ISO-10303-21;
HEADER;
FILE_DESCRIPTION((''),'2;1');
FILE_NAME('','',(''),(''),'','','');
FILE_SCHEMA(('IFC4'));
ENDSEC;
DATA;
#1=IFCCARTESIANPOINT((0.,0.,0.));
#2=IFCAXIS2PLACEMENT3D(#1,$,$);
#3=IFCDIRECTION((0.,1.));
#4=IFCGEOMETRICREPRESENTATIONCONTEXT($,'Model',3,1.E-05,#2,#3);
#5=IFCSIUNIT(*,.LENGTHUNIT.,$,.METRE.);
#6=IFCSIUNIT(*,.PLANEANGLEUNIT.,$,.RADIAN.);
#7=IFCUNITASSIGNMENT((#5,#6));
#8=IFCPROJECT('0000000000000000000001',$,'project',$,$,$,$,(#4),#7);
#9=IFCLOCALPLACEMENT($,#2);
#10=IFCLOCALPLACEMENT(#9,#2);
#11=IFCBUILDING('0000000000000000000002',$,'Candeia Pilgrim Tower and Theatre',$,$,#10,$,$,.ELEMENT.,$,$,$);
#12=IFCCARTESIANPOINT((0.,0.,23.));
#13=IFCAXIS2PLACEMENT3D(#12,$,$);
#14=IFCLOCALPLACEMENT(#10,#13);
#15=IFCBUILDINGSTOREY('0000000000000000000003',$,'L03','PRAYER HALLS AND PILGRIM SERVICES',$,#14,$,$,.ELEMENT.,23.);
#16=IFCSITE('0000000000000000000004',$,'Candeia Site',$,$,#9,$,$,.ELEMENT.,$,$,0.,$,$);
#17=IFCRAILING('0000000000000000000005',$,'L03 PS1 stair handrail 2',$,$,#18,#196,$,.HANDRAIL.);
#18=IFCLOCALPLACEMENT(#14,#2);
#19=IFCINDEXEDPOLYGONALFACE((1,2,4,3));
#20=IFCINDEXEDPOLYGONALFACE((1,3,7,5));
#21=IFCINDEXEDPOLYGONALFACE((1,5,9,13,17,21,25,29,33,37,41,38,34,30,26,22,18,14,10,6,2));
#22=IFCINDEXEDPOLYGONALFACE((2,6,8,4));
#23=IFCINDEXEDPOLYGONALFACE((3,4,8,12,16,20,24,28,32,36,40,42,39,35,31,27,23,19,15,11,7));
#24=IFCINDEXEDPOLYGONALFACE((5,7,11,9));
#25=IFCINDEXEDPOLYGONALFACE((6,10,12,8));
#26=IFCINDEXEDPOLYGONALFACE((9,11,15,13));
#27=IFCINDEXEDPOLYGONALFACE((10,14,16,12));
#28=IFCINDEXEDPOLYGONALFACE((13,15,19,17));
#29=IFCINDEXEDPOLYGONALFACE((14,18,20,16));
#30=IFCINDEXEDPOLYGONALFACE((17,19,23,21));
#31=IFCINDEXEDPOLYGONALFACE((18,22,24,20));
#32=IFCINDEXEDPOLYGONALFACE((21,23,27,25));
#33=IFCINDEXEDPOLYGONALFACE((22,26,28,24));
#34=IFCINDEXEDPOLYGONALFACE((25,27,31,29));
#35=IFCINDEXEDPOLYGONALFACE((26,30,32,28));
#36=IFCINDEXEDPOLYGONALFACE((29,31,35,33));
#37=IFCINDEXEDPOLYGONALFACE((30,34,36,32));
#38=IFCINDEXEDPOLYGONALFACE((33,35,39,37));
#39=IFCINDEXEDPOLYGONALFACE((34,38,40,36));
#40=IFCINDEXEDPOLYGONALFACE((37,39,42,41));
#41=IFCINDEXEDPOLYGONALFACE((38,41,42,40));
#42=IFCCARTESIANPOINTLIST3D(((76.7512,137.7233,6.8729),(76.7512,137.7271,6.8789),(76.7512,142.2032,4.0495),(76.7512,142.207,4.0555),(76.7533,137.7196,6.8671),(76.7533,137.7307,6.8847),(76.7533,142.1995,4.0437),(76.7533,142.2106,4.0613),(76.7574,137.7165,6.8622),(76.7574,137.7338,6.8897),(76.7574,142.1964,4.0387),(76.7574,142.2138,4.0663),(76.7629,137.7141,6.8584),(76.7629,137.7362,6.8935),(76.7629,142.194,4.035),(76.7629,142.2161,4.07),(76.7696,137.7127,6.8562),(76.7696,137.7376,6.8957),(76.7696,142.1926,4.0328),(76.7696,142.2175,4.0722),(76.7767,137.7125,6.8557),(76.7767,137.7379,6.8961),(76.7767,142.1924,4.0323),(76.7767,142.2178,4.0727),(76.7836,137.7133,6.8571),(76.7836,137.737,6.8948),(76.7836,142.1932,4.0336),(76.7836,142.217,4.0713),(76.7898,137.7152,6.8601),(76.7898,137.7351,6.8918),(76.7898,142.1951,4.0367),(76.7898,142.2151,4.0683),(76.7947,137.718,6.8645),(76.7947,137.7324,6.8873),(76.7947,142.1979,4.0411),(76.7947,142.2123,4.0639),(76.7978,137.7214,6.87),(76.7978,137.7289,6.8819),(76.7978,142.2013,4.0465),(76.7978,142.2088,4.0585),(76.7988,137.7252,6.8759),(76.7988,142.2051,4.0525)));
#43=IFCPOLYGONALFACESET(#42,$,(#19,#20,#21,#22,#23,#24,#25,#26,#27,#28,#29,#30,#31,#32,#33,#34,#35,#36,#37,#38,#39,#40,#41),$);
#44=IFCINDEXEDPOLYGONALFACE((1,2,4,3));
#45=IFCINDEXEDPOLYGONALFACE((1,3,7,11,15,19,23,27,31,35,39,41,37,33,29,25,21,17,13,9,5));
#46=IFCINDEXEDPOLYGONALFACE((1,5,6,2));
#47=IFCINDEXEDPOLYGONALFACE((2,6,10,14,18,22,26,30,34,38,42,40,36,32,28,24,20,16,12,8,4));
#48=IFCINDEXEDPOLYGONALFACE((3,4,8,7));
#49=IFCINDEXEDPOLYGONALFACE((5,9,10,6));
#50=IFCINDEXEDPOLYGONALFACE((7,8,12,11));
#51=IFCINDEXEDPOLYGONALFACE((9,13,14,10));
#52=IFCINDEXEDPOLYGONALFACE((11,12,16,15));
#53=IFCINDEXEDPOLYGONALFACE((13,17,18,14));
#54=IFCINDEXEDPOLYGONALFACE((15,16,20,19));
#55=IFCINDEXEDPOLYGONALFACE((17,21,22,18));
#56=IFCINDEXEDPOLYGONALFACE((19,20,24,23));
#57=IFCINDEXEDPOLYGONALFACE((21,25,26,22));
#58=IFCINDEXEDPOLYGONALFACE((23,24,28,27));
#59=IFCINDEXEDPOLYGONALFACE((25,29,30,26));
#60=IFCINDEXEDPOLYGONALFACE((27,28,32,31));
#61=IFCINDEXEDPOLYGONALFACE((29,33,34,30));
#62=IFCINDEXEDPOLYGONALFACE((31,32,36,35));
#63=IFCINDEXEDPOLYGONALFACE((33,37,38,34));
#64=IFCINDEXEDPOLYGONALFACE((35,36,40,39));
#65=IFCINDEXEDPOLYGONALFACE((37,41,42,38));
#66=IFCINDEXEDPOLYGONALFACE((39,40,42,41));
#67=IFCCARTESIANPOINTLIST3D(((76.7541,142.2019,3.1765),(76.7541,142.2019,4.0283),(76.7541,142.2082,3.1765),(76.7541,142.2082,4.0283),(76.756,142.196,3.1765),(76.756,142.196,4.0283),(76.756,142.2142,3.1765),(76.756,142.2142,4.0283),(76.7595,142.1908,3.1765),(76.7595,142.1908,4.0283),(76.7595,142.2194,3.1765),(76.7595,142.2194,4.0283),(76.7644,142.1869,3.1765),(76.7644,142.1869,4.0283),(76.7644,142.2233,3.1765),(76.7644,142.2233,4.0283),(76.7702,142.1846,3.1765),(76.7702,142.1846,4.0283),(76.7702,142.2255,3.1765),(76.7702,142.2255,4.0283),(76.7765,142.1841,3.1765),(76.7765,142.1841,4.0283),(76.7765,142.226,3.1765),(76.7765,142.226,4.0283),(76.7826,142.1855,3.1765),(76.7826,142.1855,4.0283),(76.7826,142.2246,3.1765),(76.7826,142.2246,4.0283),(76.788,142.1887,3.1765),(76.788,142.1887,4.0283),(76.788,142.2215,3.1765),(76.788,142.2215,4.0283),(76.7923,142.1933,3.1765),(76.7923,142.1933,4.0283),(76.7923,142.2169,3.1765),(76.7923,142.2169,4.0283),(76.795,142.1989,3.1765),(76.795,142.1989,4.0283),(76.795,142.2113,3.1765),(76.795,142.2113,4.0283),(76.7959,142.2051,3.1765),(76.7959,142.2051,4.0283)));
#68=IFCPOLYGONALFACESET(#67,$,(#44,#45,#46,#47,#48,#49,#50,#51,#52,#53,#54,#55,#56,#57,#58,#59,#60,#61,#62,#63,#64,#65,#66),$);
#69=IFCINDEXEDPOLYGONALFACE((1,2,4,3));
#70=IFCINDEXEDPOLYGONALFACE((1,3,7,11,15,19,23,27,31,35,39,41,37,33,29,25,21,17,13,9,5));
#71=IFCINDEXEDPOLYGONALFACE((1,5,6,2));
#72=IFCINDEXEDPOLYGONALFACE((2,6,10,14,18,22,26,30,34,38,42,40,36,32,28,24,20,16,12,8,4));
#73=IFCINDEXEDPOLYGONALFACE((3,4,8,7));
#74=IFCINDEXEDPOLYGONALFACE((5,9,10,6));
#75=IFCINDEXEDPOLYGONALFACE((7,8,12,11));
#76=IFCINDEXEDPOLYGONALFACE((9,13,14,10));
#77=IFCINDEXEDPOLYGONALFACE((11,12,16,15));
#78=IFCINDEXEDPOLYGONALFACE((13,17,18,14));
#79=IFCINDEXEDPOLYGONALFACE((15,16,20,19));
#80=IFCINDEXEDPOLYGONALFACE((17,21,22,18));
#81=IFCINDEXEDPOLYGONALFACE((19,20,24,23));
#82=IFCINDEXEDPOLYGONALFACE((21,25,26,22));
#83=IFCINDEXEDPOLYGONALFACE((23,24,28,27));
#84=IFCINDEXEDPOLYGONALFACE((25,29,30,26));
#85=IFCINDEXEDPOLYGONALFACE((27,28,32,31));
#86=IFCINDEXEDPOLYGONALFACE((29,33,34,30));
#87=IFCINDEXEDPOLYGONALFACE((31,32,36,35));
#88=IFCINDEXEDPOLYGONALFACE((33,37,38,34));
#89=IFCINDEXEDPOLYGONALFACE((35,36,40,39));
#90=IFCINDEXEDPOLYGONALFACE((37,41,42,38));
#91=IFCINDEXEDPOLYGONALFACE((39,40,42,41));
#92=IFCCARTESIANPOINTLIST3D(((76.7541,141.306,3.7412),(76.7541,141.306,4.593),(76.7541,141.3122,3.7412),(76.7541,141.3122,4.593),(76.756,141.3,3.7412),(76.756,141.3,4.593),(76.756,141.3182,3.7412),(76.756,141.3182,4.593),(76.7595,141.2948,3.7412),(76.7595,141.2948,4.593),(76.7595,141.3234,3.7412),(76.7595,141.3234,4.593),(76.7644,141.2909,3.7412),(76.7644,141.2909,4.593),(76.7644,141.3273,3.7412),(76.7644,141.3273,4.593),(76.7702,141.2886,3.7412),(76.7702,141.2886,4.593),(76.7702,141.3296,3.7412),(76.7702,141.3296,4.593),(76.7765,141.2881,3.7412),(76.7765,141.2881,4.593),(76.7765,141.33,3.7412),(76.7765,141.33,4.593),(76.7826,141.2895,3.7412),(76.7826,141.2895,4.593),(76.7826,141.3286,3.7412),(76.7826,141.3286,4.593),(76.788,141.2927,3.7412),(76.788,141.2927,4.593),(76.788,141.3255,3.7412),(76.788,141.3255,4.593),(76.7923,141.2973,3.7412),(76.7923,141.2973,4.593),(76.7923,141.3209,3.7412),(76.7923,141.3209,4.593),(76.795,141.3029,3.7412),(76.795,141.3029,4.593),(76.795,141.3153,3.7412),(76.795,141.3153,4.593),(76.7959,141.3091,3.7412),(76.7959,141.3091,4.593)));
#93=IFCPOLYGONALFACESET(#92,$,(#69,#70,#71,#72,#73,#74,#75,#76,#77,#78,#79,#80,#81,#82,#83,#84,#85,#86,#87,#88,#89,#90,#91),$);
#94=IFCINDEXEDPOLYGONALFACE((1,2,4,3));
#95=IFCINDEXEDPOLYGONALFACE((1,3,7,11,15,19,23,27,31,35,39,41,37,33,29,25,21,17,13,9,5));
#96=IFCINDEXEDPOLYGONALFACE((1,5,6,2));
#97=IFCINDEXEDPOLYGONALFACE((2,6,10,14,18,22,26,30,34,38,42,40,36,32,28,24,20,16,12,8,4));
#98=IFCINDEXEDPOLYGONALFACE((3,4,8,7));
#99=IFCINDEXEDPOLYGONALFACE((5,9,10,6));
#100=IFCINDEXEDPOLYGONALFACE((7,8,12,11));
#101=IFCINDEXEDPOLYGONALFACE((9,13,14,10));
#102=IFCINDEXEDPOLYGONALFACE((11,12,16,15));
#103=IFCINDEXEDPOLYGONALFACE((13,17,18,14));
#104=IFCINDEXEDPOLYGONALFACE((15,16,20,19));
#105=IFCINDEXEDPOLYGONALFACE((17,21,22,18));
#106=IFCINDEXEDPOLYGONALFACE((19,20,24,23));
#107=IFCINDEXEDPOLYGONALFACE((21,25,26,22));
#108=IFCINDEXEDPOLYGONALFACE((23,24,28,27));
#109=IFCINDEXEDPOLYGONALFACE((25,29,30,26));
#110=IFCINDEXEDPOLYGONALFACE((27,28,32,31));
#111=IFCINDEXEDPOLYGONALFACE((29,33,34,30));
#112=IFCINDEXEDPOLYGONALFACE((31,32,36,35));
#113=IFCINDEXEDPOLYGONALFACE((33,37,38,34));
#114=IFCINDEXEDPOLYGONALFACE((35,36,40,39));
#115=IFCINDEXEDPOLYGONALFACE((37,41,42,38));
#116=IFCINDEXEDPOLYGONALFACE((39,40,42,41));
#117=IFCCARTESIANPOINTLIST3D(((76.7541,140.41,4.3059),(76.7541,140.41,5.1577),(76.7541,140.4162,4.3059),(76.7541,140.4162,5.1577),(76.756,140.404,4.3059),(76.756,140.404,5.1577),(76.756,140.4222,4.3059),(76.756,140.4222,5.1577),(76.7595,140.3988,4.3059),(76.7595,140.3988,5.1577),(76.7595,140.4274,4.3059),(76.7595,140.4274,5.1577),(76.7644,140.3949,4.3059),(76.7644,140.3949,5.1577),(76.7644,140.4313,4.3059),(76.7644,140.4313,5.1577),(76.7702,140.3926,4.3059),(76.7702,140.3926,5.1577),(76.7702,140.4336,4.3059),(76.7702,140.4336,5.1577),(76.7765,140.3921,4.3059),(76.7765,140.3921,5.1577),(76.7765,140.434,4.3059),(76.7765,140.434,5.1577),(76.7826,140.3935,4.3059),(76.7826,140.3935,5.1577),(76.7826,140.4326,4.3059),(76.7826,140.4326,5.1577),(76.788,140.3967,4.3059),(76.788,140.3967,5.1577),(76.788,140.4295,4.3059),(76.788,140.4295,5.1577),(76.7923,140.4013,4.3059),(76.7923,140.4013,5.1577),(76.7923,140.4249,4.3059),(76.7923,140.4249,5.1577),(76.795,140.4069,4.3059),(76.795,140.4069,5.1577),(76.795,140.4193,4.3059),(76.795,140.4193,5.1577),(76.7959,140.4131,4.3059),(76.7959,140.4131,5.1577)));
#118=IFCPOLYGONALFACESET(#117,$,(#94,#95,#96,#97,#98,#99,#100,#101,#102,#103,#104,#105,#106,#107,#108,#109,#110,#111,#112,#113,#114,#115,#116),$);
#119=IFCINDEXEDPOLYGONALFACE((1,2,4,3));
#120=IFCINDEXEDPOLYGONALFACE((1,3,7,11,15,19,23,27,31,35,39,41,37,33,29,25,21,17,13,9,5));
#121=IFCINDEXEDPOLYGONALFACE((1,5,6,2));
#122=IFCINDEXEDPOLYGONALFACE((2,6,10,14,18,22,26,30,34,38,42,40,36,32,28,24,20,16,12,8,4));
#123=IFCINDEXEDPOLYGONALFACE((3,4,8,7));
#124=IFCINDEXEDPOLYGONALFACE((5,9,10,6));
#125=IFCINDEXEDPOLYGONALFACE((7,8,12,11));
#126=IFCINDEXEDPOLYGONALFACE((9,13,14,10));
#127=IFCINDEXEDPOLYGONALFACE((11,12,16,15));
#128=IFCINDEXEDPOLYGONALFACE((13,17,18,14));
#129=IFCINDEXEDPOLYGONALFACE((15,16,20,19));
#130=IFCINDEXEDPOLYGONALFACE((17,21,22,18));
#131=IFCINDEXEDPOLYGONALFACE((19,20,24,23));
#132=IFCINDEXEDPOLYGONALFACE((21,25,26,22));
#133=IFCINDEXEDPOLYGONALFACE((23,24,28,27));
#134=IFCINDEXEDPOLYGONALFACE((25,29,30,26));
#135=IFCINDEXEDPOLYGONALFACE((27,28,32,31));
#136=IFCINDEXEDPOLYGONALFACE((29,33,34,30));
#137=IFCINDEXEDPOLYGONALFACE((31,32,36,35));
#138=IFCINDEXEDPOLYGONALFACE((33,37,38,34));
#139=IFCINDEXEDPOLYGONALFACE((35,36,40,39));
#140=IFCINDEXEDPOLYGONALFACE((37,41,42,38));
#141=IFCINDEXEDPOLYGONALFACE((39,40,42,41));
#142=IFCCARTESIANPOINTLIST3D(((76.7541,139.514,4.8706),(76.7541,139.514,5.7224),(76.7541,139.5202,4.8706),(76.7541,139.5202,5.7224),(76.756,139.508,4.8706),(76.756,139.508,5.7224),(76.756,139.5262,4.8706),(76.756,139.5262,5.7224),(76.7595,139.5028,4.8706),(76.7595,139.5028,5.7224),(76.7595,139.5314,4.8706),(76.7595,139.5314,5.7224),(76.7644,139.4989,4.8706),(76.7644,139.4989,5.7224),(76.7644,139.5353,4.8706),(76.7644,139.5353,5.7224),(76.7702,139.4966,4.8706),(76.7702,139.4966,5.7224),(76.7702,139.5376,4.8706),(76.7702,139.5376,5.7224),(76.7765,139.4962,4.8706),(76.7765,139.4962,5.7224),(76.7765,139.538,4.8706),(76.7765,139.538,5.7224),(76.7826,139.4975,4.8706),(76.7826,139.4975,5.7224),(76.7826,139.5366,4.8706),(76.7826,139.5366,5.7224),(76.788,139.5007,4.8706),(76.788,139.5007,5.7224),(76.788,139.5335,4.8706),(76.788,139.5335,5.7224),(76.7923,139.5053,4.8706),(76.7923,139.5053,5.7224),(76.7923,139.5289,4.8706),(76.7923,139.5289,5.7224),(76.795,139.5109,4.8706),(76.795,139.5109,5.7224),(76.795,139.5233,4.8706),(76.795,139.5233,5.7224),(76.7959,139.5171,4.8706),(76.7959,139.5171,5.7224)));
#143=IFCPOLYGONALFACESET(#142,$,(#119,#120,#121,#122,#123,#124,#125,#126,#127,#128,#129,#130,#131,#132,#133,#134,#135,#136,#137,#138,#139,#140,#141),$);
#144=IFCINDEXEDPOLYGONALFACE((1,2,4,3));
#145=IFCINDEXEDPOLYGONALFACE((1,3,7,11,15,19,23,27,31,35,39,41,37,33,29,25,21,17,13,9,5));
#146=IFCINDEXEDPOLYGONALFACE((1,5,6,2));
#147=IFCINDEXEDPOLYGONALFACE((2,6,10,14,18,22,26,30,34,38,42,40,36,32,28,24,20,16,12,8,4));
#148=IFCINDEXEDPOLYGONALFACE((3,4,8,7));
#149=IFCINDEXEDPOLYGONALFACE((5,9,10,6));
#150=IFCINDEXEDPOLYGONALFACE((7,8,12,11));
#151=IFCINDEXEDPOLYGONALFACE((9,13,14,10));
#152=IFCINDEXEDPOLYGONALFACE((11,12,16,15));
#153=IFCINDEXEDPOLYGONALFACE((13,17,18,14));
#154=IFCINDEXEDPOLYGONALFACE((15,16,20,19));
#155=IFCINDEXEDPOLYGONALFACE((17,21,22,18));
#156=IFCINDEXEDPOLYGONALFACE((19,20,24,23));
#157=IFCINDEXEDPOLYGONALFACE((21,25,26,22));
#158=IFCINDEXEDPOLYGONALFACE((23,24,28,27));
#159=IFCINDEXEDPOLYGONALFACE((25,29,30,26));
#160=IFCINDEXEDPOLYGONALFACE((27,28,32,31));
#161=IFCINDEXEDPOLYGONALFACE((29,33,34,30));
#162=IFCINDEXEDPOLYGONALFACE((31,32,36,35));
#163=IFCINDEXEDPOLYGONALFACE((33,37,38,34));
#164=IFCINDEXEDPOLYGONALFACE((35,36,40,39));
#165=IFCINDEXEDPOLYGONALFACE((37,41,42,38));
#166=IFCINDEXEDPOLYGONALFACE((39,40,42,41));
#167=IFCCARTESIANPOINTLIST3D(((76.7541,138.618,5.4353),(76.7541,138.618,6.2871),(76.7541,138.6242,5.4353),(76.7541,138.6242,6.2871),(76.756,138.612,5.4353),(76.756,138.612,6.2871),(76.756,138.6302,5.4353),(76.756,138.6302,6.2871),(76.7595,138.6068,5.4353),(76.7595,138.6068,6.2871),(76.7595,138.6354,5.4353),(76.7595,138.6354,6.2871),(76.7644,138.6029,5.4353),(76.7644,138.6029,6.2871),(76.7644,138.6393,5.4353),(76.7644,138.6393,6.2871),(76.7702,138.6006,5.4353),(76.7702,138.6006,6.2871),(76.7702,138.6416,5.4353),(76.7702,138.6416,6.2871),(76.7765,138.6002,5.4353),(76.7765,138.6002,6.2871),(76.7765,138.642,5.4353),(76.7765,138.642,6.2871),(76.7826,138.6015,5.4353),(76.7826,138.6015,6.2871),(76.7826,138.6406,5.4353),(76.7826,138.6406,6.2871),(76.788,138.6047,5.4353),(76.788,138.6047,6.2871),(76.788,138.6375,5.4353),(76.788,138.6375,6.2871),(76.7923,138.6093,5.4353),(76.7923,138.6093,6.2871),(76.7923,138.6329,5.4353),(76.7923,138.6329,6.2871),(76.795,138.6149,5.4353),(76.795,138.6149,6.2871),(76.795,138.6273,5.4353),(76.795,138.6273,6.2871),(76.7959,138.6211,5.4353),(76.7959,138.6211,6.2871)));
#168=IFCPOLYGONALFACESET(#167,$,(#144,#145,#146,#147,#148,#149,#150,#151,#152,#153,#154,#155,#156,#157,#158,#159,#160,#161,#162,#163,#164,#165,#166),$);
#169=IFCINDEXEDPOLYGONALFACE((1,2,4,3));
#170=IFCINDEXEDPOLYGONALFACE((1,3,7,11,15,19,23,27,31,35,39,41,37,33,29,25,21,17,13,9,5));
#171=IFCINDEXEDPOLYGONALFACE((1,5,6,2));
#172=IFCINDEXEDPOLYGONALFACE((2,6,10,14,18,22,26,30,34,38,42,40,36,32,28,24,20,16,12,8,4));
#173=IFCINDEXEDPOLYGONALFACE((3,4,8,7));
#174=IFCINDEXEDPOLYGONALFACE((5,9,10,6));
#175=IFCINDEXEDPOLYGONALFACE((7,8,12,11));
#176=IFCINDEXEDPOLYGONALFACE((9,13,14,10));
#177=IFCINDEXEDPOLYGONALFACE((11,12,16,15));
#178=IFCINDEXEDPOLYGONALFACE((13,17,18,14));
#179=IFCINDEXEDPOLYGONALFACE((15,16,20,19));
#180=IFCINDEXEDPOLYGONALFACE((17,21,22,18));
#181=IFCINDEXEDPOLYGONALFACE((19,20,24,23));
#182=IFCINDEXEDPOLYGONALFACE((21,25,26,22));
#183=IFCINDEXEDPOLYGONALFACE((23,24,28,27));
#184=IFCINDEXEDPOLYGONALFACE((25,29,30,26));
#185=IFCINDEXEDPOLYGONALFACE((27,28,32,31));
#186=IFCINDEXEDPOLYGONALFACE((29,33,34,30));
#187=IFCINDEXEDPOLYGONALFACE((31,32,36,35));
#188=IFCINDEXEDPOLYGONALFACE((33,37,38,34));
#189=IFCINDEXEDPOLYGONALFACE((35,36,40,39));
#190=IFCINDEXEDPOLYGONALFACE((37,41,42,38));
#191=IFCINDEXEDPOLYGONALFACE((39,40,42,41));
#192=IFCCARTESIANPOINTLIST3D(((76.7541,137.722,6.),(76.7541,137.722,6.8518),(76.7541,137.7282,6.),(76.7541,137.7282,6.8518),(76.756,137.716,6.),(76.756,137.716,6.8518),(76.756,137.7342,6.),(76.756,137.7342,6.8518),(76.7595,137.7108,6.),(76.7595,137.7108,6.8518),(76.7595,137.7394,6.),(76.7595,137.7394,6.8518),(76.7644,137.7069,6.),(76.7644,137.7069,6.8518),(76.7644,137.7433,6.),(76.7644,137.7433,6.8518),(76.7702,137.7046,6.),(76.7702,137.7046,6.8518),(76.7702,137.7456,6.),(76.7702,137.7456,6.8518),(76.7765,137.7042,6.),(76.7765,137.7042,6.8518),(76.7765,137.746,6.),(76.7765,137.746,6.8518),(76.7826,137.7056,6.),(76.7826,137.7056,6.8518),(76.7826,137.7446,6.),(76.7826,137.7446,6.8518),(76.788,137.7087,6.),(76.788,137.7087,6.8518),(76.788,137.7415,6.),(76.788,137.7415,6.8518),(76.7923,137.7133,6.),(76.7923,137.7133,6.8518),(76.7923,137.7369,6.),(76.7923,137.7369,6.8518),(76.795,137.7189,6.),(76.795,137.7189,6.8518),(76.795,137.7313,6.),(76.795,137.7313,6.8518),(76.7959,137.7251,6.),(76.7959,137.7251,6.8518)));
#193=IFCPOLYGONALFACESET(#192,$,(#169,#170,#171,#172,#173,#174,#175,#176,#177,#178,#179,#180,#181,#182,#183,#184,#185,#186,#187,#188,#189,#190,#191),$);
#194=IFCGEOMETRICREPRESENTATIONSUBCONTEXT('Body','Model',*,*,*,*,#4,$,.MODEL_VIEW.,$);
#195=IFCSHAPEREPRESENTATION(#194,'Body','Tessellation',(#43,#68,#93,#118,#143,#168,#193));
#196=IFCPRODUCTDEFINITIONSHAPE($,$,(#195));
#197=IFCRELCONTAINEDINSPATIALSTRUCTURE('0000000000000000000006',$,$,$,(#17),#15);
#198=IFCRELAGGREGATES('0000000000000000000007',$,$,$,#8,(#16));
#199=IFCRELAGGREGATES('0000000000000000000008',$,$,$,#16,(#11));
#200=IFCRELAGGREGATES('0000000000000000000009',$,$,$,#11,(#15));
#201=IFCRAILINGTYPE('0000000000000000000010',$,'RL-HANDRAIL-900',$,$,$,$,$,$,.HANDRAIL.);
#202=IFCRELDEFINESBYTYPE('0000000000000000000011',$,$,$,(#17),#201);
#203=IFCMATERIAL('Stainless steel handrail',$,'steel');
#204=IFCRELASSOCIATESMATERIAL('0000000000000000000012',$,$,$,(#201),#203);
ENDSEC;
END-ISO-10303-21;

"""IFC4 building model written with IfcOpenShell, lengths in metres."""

from ifc_helpers import new_model, si_unit, direction, frame, origin, origin_2d, place, context, subcontext, project, spatial, circle, extrude, material, type_object, element, save


model = new_model("IFC4")

# Units and contexts
model_context = context("Model", 3, precision=1e-05, world=origin(), true_north=direction((0.0, 1.0)))
body_context = subcontext(model_context, "Body", "Model", "MODEL_VIEW")
ifc_project = project(units=[si_unit("LENGTHUNIT", "METRE"), si_unit("PLANEANGLEUNIT", "RADIAN")], contexts=[model_context])

# Site, building, storey
site_placement = place(None, origin())
site = spatial("IfcSite", under=ifc_project, at=site_placement, Name="Candeia Site", CompositionType="ELEMENT", RefElevation=0.0)
building_placement = place(site_placement, origin())
building = spatial("IfcBuilding", under=site, at=building_placement, Name="Candeia Pilgrim Tower and Theatre", CompositionType="ELEMENT")
storey_placement = place(building_placement, frame((0.0, 0.0, 23.0)))
storey = spatial("IfcBuildingStorey", under=building, at=storey_placement, Name="L03", Description="PRAYER HALLS AND PILGRIM SERVICES", CompositionType="ELEMENT", Elevation=23.0)

# Railing
ifc_material_1 = material(Name="Stainless steel handrail", Category="steel")
railing_type_1 = type_object("IfcRailingType", Name="RL-HANDRAIL-900", PredefinedType="HANDRAIL", material=ifc_material_1)
railing_1_placement = place(storey_placement, frame((76.7749, 142.2051, 3.1765)))
element("IfcRailing", 1, at=railing_1_placement, inside=storey, type_object=railing_type_1, Name="L03 PS1 stair handrail 2", PredefinedType="HANDRAIL", context=body_context, shape_type="SweptSolid", body=[
    extrude(circle(Radius=0.0239, at=origin_2d()), frame((0.0, 0.0, 0.876), z_axis=(0.0, -0.845998, 0.533186), x_axis=(1.0, 0.0, 0.0)), (0.0, 0.0, 1.0), 5.2954),
    extrude(circle(Radius=0.021, at=origin_2d()), origin(), (0.0, 0.0, 1.0), 0.8518),
    extrude(circle(Radius=0.021, at=origin_2d()), frame((0.0, -0.896, 0.5647)), (0.0, 0.0, 1.0), 0.8518),
    extrude(circle(Radius=0.021, at=origin_2d()), frame((0.0, -1.792, 1.1294)), (0.0, 0.0, 1.0), 0.8518),
    extrude(circle(Radius=0.021, at=origin_2d()), frame((0.0, -2.688, 1.6941)), (0.0, 0.0, 1.0), 0.8518),
    extrude(circle(Radius=0.021, at=origin_2d()), frame((0.0, -3.584, 2.2588)), (0.0, 0.0, 1.0), 0.8518),
    extrude(circle(Radius=0.021, at=origin_2d()), frame((0.0, -4.48, 2.8235)), (0.0, 0.0, 1.0), 0.8518),
])

save(model, "model.ifc")
